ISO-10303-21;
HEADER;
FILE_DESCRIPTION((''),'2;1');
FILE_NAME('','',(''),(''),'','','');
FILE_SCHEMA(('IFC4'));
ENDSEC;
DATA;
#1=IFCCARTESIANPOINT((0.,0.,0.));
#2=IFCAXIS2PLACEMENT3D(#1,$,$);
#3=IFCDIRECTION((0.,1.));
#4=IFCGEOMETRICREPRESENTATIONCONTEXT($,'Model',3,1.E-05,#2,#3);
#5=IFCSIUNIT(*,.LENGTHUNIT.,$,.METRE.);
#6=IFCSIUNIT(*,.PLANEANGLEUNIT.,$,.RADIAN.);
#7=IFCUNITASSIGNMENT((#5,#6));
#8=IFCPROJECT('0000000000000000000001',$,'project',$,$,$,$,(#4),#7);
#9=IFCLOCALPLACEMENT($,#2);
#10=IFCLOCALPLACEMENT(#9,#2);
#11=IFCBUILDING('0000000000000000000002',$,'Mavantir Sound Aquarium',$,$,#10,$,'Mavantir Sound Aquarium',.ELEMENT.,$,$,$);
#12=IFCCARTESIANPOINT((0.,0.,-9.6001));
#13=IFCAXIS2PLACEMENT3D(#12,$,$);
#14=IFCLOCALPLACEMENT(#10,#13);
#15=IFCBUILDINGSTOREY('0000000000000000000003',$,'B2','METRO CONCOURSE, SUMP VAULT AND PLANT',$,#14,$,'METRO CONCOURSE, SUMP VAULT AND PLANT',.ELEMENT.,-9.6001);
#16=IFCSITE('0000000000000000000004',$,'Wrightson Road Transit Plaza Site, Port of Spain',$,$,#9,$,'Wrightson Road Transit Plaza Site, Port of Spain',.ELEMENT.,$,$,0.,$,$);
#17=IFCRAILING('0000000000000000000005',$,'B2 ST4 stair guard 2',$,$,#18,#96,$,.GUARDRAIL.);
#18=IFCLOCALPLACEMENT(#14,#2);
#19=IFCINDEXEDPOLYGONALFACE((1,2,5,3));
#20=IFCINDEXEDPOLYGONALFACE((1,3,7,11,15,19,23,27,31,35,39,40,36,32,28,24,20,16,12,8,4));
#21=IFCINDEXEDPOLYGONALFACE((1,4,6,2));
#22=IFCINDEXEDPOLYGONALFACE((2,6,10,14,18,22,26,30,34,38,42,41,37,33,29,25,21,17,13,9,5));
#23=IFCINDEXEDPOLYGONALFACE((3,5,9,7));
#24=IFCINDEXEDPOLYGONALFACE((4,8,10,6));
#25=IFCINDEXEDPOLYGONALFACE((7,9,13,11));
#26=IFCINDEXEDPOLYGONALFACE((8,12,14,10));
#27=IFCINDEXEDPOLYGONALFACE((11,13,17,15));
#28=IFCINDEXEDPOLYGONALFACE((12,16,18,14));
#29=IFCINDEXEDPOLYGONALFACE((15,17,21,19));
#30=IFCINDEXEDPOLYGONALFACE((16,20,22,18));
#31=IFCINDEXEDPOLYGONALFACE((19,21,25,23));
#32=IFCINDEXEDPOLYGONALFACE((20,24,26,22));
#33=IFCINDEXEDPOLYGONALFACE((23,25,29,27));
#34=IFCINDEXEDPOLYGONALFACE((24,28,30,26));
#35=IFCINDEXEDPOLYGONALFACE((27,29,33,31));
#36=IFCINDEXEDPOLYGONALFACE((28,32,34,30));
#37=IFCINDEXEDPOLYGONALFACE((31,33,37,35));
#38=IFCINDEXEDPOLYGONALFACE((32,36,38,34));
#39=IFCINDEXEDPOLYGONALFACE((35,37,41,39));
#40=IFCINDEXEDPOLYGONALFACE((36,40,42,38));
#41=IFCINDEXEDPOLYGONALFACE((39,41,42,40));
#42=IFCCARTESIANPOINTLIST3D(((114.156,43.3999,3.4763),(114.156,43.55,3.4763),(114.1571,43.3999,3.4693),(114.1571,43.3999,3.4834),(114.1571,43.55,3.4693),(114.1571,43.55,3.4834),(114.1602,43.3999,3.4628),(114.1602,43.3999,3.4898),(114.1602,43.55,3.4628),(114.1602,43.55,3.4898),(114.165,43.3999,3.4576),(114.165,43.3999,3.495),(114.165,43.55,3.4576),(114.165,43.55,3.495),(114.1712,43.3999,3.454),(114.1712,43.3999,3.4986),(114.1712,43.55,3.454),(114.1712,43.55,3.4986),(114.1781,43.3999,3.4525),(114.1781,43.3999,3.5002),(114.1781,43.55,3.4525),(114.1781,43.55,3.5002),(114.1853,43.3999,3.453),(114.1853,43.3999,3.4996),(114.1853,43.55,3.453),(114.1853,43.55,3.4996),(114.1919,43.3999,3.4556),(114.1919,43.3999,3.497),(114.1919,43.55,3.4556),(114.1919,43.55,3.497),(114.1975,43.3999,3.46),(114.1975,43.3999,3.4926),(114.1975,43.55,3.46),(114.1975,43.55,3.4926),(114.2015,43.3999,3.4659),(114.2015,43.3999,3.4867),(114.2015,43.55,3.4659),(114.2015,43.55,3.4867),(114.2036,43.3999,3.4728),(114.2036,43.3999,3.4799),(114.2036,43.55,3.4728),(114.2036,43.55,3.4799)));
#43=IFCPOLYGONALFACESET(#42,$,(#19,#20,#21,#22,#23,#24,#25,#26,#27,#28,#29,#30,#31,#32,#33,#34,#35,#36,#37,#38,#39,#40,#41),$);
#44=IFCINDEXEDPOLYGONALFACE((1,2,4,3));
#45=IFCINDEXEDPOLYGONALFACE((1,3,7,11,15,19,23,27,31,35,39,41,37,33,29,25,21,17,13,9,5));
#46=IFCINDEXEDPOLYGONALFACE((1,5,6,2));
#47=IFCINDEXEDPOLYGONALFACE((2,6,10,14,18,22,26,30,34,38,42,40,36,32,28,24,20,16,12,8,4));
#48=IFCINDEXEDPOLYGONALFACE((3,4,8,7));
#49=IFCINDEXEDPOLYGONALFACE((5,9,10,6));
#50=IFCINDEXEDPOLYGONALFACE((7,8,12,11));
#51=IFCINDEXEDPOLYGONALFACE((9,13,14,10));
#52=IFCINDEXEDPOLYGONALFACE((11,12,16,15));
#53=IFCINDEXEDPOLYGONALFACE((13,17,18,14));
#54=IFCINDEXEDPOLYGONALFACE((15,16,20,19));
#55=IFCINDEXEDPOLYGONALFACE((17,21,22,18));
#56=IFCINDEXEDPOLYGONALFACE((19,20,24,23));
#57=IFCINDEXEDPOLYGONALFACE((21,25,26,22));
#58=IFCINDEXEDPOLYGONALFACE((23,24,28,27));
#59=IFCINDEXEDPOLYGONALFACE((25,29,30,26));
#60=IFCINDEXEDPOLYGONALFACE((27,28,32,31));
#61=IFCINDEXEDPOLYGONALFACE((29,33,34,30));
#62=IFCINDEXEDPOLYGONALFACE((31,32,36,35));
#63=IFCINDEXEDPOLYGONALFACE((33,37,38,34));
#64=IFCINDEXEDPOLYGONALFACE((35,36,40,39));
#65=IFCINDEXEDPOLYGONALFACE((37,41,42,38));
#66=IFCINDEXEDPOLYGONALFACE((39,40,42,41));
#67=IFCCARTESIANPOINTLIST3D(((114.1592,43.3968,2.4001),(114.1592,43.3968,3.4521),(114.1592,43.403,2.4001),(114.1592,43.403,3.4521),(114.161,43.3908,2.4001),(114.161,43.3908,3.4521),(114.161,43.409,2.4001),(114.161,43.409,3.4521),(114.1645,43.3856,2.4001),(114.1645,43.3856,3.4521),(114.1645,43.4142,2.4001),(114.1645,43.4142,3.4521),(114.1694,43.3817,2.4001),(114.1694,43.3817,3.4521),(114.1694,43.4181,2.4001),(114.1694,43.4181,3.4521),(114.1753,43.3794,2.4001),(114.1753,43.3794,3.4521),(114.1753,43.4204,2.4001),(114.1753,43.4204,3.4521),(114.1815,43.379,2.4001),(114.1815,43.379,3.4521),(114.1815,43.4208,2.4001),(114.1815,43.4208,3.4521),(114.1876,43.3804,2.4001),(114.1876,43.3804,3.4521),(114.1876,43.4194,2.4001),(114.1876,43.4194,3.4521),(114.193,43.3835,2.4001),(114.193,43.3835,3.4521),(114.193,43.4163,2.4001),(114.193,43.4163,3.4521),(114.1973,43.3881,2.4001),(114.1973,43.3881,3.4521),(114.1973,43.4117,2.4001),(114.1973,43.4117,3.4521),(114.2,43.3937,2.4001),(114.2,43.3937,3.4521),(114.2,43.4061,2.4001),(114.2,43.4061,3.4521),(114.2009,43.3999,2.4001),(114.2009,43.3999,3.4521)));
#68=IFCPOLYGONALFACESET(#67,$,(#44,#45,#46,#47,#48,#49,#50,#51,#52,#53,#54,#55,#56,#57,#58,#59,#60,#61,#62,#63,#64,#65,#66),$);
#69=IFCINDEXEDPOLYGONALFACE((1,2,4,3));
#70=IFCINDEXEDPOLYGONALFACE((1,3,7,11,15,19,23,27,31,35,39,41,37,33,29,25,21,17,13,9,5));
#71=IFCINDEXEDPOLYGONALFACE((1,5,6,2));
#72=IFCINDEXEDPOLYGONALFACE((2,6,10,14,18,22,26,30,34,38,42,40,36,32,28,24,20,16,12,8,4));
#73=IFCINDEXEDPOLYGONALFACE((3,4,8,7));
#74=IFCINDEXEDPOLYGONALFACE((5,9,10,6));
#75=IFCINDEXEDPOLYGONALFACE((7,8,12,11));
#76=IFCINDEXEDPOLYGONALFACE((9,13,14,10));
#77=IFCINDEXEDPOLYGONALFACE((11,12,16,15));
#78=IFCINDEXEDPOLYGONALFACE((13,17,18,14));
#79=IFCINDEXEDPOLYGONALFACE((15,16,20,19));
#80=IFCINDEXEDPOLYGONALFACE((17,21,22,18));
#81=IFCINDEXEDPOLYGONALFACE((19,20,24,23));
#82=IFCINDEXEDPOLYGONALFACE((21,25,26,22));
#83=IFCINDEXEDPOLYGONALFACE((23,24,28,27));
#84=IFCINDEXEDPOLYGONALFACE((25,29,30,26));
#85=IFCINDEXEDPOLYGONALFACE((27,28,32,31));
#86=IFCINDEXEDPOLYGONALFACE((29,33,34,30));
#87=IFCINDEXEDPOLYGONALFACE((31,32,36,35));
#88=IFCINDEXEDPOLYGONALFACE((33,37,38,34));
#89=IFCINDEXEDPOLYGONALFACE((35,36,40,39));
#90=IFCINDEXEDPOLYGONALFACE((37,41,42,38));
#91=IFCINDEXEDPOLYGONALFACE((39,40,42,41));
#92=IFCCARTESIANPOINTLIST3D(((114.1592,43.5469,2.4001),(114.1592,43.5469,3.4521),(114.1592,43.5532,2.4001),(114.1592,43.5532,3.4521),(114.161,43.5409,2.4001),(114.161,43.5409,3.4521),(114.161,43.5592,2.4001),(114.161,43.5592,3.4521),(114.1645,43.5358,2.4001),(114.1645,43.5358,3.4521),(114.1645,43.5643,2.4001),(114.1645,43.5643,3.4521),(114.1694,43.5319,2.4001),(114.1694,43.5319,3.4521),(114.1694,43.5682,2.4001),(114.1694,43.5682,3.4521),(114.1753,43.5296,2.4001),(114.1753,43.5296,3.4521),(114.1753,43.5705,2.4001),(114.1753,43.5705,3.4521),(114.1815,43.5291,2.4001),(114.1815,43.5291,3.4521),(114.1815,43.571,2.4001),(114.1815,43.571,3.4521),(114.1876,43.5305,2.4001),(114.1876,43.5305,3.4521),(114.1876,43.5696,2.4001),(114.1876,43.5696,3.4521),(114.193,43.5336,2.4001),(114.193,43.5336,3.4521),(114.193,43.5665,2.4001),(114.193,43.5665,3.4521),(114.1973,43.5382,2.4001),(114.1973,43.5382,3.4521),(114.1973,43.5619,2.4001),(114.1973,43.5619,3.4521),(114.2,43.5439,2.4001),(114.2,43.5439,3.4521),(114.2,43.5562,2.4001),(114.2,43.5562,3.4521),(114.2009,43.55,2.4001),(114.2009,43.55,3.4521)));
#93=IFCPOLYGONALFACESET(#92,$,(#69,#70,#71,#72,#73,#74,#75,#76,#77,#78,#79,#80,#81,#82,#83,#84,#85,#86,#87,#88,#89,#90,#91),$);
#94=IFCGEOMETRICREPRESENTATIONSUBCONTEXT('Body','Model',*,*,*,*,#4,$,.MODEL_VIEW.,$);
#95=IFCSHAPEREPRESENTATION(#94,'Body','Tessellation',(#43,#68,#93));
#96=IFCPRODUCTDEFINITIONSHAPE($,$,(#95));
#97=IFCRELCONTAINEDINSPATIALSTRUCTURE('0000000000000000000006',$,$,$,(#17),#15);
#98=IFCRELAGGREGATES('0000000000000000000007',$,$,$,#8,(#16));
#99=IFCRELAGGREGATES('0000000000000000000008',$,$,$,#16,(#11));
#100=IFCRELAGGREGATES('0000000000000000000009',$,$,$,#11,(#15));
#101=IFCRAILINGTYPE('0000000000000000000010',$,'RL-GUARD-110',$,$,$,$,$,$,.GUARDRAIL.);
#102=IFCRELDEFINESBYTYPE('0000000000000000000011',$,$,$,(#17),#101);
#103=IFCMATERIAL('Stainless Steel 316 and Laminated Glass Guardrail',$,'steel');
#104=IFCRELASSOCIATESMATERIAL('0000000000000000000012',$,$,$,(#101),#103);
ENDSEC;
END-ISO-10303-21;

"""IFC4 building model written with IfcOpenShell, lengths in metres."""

from ifc_helpers import new_model, si_unit, direction, frame, origin, origin_2d, place, context, subcontext, project, spatial, circle, extrude, material, type_object, element, save


model = new_model("IFC4")

# Units and contexts
model_context = context("Model", 3, precision=1e-05, world=origin(), true_north=direction((0.0, 1.0)))
body_context = subcontext(model_context, "Body", "Model", "MODEL_VIEW")
ifc_project = project(units=[si_unit("LENGTHUNIT", "METRE"), si_unit("PLANEANGLEUNIT", "RADIAN")], contexts=[model_context])

# Site, building, storey
site_placement = place(None, origin())
site = spatial("IfcSite", under=ifc_project, at=site_placement, Name="Wrightson Road Transit Plaza Site, Port of Spain", LongName="Wrightson Road Transit Plaza Site, Port of Spain", CompositionType="ELEMENT", RefElevation=0.0)
building_placement = place(site_placement, origin())
building = spatial("IfcBuilding", under=site, at=building_placement, Name="Mavantir Sound Aquarium", LongName="Mavantir Sound Aquarium", CompositionType="ELEMENT")
storey_placement = place(building_placement, frame((0.0, 0.0, -9.6001)))
storey = spatial("IfcBuildingStorey", under=building, at=storey_placement, Name="B2", Description="METRO CONCOURSE, SUMP VAULT AND PLANT", LongName="METRO CONCOURSE, SUMP VAULT AND PLANT", CompositionType="ELEMENT", Elevation=-9.6001)

# Railing
ifc_material_1 = material(Name="Stainless Steel 316 and Laminated Glass Guardrail", Category="steel")
railing_type_1 = type_object("IfcRailingType", Name="RL-GUARD-110", PredefinedType="GUARDRAIL", material=ifc_material_1)
railing_1_placement = place(storey_placement, frame((114.1799, 43.3999, 2.4001)))
element("IfcRailing", 1, at=railing_1_placement, inside=storey, type_object=railing_type_1, Name="B2 ST4 stair guard 2", PredefinedType="GUARDRAIL", context=body_context, shape_type="SweptSolid", body=[
    extrude(circle(Radius=0.0239, at=origin_2d()), frame((0.0, 0.0, 1.0762), z_axis=(0.0, 1.0, 0.0), x_axis=(-1.0, 0.0, 0.0)), (0.0, 0.0, 1.0), 0.1501),
    extrude(circle(Radius=0.021, at=origin_2d()), origin(), (0.0, 0.0, 1.0), 1.052),
    extrude(circle(Radius=0.021, at=origin_2d()), frame((0.0, 0.1501, 0.0)), (0.0, 0.0, 1.0), 1.052),
])

save(model, "model.ifc")
